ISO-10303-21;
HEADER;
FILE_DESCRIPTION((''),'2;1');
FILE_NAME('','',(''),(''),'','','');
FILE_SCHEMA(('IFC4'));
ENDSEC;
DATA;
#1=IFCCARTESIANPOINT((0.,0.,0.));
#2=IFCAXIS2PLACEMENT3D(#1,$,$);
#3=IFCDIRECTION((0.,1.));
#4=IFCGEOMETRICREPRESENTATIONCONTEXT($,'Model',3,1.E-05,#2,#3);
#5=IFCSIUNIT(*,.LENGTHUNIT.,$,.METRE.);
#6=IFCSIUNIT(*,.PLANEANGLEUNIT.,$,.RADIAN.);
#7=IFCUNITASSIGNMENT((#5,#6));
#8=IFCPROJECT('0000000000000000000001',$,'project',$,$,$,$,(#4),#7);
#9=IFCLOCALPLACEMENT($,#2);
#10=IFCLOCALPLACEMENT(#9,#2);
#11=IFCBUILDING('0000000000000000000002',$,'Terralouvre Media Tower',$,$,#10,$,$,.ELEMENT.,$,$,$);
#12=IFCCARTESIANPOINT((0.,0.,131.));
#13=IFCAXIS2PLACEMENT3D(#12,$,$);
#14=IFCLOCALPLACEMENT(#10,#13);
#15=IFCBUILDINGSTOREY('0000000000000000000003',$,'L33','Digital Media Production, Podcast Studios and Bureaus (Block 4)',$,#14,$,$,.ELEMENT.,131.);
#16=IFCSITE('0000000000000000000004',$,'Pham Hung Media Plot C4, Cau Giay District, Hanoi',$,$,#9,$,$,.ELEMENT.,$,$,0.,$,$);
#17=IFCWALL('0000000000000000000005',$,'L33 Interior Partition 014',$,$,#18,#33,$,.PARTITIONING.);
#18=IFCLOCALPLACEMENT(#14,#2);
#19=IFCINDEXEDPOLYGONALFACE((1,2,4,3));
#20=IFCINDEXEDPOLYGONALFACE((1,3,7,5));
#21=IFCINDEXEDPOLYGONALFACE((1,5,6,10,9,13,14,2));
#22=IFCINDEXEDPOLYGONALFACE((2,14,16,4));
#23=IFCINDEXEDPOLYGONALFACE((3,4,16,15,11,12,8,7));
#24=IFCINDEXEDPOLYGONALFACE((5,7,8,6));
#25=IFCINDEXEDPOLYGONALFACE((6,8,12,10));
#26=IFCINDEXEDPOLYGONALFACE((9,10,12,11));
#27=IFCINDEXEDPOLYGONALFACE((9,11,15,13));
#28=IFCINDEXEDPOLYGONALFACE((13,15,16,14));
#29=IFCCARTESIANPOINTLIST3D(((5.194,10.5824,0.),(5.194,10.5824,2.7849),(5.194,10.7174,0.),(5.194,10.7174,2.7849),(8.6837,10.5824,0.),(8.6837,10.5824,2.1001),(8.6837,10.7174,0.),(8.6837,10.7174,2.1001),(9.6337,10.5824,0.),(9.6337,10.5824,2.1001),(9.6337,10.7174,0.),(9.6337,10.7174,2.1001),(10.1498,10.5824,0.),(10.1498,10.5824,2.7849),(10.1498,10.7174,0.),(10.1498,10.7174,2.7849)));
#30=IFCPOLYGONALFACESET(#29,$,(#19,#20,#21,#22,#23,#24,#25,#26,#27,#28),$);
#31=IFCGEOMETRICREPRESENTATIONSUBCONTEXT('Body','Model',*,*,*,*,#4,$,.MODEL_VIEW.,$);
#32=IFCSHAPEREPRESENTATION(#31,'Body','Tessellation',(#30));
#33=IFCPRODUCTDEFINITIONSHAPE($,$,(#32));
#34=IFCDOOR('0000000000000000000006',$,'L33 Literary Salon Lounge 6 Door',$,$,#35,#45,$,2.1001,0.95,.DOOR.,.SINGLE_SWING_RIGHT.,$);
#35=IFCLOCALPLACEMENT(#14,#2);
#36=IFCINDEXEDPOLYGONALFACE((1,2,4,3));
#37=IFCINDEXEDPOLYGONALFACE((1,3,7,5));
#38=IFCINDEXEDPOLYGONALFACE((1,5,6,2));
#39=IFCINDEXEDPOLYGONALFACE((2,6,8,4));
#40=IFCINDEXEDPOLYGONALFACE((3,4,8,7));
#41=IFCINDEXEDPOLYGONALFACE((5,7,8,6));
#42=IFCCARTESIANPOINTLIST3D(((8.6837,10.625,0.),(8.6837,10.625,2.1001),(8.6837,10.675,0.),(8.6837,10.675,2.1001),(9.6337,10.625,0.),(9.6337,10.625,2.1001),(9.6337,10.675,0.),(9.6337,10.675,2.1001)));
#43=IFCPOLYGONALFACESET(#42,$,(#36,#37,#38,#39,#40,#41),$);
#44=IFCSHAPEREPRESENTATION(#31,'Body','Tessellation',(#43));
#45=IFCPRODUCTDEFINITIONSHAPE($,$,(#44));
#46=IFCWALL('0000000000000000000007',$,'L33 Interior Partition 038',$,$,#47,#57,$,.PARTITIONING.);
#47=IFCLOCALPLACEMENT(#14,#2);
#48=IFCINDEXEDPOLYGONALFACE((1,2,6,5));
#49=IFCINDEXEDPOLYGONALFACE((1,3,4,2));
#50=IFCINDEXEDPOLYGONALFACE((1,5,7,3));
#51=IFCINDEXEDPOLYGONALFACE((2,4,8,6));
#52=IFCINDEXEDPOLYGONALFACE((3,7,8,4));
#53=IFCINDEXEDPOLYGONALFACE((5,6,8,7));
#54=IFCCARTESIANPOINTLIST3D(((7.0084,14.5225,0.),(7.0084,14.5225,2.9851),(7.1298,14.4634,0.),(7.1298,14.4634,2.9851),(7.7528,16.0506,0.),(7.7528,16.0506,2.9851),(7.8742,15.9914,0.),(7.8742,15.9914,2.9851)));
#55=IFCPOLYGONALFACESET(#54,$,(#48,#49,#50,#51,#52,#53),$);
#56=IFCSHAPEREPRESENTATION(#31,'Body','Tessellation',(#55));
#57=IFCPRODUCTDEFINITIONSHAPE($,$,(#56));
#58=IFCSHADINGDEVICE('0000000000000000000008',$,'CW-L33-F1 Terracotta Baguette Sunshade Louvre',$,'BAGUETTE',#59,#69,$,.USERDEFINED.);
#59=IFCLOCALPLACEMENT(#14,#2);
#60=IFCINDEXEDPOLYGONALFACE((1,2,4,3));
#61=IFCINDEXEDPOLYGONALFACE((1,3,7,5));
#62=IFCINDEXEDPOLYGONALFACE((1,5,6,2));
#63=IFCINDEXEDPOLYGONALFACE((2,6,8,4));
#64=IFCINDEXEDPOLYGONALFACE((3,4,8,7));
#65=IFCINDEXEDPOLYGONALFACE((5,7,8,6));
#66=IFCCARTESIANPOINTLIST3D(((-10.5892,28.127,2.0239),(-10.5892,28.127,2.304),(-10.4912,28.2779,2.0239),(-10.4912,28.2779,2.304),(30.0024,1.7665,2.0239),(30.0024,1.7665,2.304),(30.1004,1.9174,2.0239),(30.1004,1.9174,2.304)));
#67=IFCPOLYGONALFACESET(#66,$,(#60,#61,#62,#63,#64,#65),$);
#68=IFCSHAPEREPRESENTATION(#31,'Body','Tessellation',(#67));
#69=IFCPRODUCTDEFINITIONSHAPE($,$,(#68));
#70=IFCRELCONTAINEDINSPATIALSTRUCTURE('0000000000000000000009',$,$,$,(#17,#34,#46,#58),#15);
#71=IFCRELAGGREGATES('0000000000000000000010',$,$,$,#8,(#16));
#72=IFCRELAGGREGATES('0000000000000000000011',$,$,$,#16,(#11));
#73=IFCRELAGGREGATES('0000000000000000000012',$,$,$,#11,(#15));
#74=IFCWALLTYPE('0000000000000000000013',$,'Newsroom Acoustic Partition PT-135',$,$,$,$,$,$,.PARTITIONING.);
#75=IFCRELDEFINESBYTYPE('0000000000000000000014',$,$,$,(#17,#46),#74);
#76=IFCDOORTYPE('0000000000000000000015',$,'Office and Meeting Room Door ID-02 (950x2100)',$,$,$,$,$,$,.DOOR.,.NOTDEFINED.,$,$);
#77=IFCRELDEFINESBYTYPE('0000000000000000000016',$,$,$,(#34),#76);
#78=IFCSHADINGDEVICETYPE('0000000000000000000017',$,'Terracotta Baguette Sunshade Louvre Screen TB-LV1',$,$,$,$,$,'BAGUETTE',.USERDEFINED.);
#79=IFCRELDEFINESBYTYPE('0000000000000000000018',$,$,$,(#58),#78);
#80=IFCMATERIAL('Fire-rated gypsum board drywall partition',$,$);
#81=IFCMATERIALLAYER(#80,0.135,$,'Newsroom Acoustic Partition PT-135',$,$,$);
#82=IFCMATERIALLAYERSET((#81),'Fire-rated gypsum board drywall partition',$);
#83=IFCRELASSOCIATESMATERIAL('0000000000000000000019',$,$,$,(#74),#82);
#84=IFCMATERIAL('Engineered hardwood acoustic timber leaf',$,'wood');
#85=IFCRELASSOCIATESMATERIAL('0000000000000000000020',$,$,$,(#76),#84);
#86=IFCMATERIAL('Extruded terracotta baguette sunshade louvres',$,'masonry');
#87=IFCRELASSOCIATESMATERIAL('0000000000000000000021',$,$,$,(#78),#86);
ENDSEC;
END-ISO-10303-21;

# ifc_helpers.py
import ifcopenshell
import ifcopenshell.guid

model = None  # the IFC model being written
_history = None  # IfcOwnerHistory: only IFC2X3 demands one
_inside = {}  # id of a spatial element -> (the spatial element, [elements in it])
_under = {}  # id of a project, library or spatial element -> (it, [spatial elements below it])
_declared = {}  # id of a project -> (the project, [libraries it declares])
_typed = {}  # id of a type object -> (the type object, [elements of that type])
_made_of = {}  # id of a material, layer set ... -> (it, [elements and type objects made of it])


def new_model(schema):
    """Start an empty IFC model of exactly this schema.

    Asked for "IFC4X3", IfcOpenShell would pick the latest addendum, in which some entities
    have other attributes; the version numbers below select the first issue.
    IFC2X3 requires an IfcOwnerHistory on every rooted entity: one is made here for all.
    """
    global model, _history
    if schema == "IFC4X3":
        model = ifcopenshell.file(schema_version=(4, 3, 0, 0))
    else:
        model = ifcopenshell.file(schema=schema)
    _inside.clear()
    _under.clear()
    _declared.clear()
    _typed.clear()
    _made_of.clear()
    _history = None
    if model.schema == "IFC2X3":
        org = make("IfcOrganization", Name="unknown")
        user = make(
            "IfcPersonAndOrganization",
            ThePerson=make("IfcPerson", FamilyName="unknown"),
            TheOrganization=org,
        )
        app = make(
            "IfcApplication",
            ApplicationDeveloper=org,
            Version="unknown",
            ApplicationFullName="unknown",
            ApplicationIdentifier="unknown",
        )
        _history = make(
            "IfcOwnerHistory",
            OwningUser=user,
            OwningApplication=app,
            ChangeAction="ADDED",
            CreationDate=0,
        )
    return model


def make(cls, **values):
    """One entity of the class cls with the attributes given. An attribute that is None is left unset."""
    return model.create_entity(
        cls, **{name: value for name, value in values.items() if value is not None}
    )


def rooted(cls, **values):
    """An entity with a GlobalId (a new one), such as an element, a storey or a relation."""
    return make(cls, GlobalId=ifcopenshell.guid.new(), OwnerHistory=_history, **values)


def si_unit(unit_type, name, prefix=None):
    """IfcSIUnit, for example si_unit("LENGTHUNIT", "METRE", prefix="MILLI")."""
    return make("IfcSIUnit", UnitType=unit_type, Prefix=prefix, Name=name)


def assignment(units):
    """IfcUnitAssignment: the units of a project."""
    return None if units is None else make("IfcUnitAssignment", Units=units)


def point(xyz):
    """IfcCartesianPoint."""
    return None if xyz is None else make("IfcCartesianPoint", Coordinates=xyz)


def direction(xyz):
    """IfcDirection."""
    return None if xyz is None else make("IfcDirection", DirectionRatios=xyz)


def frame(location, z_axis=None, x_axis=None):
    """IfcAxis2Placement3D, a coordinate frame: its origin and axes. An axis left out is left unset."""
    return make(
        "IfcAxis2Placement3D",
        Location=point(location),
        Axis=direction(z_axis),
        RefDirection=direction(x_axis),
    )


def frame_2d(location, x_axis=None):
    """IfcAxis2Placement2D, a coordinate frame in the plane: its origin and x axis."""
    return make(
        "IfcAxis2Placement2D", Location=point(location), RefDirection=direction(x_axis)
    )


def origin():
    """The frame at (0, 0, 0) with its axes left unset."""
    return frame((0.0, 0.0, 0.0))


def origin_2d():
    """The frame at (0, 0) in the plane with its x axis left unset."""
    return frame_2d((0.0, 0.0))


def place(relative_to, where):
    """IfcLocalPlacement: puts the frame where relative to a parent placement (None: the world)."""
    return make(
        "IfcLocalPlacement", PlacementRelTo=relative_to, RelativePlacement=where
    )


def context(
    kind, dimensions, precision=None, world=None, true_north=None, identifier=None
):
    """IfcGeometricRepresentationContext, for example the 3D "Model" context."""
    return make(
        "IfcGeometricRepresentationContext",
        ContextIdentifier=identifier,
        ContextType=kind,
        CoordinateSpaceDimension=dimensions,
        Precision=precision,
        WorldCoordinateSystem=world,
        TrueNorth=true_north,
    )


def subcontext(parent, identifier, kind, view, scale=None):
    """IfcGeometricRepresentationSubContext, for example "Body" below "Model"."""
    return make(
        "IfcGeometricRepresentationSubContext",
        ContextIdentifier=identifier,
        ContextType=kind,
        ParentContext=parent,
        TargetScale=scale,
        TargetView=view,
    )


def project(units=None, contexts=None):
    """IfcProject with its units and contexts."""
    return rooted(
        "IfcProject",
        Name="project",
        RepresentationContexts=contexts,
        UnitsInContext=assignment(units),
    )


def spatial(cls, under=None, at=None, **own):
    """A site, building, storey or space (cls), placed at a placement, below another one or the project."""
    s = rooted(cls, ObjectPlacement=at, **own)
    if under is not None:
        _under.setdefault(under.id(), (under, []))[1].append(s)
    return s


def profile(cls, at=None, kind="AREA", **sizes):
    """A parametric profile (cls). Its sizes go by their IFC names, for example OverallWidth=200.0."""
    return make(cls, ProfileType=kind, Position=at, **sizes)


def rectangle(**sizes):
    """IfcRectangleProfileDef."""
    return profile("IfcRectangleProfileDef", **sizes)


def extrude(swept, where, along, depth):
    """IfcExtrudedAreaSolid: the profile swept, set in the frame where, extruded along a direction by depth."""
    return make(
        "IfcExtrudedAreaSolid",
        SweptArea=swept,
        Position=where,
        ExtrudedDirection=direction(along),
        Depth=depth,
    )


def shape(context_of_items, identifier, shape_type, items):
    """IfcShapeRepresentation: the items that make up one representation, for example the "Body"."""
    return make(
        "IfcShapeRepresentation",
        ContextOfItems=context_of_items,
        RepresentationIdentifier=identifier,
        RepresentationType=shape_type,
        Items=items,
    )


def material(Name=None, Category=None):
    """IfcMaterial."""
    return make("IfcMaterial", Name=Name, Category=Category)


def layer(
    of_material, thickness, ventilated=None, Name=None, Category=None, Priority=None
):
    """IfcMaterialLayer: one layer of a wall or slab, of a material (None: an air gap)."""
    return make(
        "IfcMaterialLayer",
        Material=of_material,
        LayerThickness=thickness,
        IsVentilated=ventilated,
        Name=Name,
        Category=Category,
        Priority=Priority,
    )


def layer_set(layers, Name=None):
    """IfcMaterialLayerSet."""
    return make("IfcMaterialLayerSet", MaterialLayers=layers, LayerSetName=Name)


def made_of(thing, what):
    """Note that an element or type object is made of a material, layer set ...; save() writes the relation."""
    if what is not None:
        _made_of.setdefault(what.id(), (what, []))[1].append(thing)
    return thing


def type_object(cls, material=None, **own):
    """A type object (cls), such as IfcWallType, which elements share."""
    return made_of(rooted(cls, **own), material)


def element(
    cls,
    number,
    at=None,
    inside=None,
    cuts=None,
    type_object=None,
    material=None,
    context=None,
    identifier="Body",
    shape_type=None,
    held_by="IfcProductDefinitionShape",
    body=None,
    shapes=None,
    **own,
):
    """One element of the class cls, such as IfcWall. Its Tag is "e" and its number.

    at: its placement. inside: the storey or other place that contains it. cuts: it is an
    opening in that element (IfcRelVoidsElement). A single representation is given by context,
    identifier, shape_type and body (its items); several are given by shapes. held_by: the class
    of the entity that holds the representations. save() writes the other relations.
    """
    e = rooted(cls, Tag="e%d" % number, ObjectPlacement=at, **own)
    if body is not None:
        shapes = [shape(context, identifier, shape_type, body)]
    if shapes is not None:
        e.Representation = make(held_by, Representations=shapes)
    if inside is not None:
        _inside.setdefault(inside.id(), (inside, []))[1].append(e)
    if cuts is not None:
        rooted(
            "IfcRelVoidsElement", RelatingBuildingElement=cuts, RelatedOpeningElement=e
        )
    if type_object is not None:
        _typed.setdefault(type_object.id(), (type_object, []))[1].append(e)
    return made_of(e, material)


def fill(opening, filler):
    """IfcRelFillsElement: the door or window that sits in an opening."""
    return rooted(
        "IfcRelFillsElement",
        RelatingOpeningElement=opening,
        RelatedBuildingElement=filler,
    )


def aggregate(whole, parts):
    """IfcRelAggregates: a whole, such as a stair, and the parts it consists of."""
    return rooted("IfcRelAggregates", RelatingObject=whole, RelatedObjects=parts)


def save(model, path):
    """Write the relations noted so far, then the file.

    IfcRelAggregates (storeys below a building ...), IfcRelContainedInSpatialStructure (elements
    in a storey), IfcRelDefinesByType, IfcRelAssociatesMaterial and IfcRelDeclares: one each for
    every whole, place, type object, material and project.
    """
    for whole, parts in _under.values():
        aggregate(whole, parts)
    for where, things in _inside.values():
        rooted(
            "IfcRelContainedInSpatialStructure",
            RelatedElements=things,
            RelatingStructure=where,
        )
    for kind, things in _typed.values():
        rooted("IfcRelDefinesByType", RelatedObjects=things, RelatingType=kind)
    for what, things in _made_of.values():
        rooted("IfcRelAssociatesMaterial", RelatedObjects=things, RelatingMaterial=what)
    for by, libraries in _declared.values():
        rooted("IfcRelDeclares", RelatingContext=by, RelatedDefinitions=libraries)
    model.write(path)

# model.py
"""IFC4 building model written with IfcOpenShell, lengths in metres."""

from ifc_helpers import new_model, si_unit, direction, frame, frame_2d, origin, origin_2d, place, context, subcontext, project, spatial, rectangle, extrude, material, layer, layer_set, type_object, element, fill, save


model = new_model("IFC4")

# Units and contexts
model_context = context("Model", 3, precision=1e-05, world=origin(), true_north=direction((0.0, 1.0)))
body_context = subcontext(model_context, "Body", "Model", "MODEL_VIEW")
ifc_project = project(units=[si_unit("LENGTHUNIT", "METRE"), si_unit("PLANEANGLEUNIT", "RADIAN")], contexts=[model_context])

# Site, building, storey
site_placement = place(None, origin())
site = spatial("IfcSite", under=ifc_project, at=site_placement, Name="Pham Hung Media Plot C4, Cau Giay District, Hanoi", CompositionType="ELEMENT", RefElevation=0.0)
building_placement = place(site_placement, origin())
building = spatial("IfcBuilding", under=site, at=building_placement, Name="Terralouvre Media Tower", CompositionType="ELEMENT")
storey_placement = place(building_placement, frame((0.0, 0.0, 131.0)))
storey = spatial("IfcBuildingStorey", under=building, at=storey_placement, Name="L33", Description="Digital Media Production, Podcast Studios and Bureaus (Block 4)", CompositionType="ELEMENT", Elevation=131.0)

# Shared definitions
ifc_material_1 = material(Name="Fire-rated gypsum board drywall partition")
ifc_layer_1 = layer(ifc_material_1, 0.135, Name="Newsroom Acoustic Partition PT-135")
ifc_layer_set_1 = layer_set([ifc_layer_1], Name="Fire-rated gypsum board drywall partition")
wall_type = type_object("IfcWallType", Name="Newsroom Acoustic Partition PT-135", PredefinedType="PARTITIONING", material=ifc_layer_set_1)

# Wall, opening, door
wall_1_placement = place(storey_placement, frame((10.1499, 10.6499, 0.0), z_axis=(0.0, 0.0, 1.0), x_axis=(-1.0, 0.0, 0.0)))
wall_1 = element("IfcWall", 1, at=wall_1_placement, inside=storey, type_object=wall_type, Name="L33 Interior Partition 014", PredefinedType="PARTITIONING", context=body_context, shape_type="SweptSolid", body=[
    extrude(rectangle(XDim=4.9558, YDim=0.135, at=frame_2d((2.478, 0.0))), origin(), (0.0, 0.0, 1.0), 2.7849),
])
opening_placement = place(wall_1_placement, frame((0.5161, 0.0, 0.0)))
opening = element("IfcOpeningElement", 2, at=opening_placement, cuts=wall_1, PredefinedType="OPENING", context=body_context, shape_type="SweptSolid", body=[
    extrude(rectangle(XDim=0.95, YDim=2.1001, at=frame_2d((0.4751, 1.05))), frame((0.0, 0.0774, 0.0), z_axis=(0.0, -1.0, 0.0), x_axis=(1.0, 0.0, 0.0)), (0.0, 0.0, 1.0), 0.155),
])
ifc_material_2 = material(Name="Engineered hardwood acoustic timber leaf", Category="wood")
door_type = type_object("IfcDoorType", Name="Office and Meeting Room Door ID-02 (950x2100)", OperationType="NOTDEFINED", PredefinedType="DOOR", material=ifc_material_2)
door_placement = place(opening_placement, origin())
door = element("IfcDoor", 3, at=door_placement, inside=storey, type_object=door_type, Name="L33 Literary Salon Lounge 6 Door", OperationType="SINGLE_SWING_RIGHT", OverallHeight=2.1001, OverallWidth=0.95, PredefinedType="DOOR", context=body_context, shape_type="SweptSolid", body=[
    extrude(rectangle(XDim=0.95, YDim=2.1001, at=frame_2d((0.4751, 1.05))), frame((0.0, 0.0249, 0.0), z_axis=(0.0, -1.0, 0.0), x_axis=(1.0, 0.0, 0.0)), (0.0, 0.0, 1.0), 0.05),
])
fill(opening, door)

# Wall
wall_2_placement = place(storey_placement, frame((7.8135, 16.021, 0.0), z_axis=(0.0, 0.0, 1.0), x_axis=(-0.43794, -0.899004, 0.0)))
element("IfcWall", 4, at=wall_2_placement, inside=storey, type_object=wall_type, Name="L33 Interior Partition 038", PredefinedType="PARTITIONING", context=body_context, shape_type="SweptSolid", body=[
    extrude(rectangle(XDim=1.6997, YDim=0.135, at=frame_2d((0.8499, 0.0))), origin(), (0.0, 0.0, 1.0), 2.9851),
])

# Shading device
ifc_material_3 = material(Name="Extruded terracotta baguette sunshade louvres", Category="masonry")
shading_device_type = type_object("IfcShadingDeviceType", Name="Terracotta Baguette Sunshade Louvre Screen TB-LV1", ElementType="BAGUETTE", PredefinedType="USERDEFINED", material=ifc_material_3)
shading_device_placement = place(storey_placement, frame((9.7556, 15.0222, 2.0239), z_axis=(0.0, 0.0, 1.0), x_axis=(-0.838671, 0.544639, 0.0)))
element("IfcShadingDevice", 5, at=shading_device_placement, inside=storey, type_object=shading_device_type, Name="CW-L33-F1 Terracotta Baguette Sunshade Louvre", ObjectType="BAGUETTE", PredefinedType="USERDEFINED", context=body_context, shape_type="SweptSolid", body=[
    extrude(rectangle(XDim=48.3999, YDim=0.1799, at=origin_2d()), origin(), (0.0, 0.0, 1.0), 0.28),
])

save(model, "model.ifc")
